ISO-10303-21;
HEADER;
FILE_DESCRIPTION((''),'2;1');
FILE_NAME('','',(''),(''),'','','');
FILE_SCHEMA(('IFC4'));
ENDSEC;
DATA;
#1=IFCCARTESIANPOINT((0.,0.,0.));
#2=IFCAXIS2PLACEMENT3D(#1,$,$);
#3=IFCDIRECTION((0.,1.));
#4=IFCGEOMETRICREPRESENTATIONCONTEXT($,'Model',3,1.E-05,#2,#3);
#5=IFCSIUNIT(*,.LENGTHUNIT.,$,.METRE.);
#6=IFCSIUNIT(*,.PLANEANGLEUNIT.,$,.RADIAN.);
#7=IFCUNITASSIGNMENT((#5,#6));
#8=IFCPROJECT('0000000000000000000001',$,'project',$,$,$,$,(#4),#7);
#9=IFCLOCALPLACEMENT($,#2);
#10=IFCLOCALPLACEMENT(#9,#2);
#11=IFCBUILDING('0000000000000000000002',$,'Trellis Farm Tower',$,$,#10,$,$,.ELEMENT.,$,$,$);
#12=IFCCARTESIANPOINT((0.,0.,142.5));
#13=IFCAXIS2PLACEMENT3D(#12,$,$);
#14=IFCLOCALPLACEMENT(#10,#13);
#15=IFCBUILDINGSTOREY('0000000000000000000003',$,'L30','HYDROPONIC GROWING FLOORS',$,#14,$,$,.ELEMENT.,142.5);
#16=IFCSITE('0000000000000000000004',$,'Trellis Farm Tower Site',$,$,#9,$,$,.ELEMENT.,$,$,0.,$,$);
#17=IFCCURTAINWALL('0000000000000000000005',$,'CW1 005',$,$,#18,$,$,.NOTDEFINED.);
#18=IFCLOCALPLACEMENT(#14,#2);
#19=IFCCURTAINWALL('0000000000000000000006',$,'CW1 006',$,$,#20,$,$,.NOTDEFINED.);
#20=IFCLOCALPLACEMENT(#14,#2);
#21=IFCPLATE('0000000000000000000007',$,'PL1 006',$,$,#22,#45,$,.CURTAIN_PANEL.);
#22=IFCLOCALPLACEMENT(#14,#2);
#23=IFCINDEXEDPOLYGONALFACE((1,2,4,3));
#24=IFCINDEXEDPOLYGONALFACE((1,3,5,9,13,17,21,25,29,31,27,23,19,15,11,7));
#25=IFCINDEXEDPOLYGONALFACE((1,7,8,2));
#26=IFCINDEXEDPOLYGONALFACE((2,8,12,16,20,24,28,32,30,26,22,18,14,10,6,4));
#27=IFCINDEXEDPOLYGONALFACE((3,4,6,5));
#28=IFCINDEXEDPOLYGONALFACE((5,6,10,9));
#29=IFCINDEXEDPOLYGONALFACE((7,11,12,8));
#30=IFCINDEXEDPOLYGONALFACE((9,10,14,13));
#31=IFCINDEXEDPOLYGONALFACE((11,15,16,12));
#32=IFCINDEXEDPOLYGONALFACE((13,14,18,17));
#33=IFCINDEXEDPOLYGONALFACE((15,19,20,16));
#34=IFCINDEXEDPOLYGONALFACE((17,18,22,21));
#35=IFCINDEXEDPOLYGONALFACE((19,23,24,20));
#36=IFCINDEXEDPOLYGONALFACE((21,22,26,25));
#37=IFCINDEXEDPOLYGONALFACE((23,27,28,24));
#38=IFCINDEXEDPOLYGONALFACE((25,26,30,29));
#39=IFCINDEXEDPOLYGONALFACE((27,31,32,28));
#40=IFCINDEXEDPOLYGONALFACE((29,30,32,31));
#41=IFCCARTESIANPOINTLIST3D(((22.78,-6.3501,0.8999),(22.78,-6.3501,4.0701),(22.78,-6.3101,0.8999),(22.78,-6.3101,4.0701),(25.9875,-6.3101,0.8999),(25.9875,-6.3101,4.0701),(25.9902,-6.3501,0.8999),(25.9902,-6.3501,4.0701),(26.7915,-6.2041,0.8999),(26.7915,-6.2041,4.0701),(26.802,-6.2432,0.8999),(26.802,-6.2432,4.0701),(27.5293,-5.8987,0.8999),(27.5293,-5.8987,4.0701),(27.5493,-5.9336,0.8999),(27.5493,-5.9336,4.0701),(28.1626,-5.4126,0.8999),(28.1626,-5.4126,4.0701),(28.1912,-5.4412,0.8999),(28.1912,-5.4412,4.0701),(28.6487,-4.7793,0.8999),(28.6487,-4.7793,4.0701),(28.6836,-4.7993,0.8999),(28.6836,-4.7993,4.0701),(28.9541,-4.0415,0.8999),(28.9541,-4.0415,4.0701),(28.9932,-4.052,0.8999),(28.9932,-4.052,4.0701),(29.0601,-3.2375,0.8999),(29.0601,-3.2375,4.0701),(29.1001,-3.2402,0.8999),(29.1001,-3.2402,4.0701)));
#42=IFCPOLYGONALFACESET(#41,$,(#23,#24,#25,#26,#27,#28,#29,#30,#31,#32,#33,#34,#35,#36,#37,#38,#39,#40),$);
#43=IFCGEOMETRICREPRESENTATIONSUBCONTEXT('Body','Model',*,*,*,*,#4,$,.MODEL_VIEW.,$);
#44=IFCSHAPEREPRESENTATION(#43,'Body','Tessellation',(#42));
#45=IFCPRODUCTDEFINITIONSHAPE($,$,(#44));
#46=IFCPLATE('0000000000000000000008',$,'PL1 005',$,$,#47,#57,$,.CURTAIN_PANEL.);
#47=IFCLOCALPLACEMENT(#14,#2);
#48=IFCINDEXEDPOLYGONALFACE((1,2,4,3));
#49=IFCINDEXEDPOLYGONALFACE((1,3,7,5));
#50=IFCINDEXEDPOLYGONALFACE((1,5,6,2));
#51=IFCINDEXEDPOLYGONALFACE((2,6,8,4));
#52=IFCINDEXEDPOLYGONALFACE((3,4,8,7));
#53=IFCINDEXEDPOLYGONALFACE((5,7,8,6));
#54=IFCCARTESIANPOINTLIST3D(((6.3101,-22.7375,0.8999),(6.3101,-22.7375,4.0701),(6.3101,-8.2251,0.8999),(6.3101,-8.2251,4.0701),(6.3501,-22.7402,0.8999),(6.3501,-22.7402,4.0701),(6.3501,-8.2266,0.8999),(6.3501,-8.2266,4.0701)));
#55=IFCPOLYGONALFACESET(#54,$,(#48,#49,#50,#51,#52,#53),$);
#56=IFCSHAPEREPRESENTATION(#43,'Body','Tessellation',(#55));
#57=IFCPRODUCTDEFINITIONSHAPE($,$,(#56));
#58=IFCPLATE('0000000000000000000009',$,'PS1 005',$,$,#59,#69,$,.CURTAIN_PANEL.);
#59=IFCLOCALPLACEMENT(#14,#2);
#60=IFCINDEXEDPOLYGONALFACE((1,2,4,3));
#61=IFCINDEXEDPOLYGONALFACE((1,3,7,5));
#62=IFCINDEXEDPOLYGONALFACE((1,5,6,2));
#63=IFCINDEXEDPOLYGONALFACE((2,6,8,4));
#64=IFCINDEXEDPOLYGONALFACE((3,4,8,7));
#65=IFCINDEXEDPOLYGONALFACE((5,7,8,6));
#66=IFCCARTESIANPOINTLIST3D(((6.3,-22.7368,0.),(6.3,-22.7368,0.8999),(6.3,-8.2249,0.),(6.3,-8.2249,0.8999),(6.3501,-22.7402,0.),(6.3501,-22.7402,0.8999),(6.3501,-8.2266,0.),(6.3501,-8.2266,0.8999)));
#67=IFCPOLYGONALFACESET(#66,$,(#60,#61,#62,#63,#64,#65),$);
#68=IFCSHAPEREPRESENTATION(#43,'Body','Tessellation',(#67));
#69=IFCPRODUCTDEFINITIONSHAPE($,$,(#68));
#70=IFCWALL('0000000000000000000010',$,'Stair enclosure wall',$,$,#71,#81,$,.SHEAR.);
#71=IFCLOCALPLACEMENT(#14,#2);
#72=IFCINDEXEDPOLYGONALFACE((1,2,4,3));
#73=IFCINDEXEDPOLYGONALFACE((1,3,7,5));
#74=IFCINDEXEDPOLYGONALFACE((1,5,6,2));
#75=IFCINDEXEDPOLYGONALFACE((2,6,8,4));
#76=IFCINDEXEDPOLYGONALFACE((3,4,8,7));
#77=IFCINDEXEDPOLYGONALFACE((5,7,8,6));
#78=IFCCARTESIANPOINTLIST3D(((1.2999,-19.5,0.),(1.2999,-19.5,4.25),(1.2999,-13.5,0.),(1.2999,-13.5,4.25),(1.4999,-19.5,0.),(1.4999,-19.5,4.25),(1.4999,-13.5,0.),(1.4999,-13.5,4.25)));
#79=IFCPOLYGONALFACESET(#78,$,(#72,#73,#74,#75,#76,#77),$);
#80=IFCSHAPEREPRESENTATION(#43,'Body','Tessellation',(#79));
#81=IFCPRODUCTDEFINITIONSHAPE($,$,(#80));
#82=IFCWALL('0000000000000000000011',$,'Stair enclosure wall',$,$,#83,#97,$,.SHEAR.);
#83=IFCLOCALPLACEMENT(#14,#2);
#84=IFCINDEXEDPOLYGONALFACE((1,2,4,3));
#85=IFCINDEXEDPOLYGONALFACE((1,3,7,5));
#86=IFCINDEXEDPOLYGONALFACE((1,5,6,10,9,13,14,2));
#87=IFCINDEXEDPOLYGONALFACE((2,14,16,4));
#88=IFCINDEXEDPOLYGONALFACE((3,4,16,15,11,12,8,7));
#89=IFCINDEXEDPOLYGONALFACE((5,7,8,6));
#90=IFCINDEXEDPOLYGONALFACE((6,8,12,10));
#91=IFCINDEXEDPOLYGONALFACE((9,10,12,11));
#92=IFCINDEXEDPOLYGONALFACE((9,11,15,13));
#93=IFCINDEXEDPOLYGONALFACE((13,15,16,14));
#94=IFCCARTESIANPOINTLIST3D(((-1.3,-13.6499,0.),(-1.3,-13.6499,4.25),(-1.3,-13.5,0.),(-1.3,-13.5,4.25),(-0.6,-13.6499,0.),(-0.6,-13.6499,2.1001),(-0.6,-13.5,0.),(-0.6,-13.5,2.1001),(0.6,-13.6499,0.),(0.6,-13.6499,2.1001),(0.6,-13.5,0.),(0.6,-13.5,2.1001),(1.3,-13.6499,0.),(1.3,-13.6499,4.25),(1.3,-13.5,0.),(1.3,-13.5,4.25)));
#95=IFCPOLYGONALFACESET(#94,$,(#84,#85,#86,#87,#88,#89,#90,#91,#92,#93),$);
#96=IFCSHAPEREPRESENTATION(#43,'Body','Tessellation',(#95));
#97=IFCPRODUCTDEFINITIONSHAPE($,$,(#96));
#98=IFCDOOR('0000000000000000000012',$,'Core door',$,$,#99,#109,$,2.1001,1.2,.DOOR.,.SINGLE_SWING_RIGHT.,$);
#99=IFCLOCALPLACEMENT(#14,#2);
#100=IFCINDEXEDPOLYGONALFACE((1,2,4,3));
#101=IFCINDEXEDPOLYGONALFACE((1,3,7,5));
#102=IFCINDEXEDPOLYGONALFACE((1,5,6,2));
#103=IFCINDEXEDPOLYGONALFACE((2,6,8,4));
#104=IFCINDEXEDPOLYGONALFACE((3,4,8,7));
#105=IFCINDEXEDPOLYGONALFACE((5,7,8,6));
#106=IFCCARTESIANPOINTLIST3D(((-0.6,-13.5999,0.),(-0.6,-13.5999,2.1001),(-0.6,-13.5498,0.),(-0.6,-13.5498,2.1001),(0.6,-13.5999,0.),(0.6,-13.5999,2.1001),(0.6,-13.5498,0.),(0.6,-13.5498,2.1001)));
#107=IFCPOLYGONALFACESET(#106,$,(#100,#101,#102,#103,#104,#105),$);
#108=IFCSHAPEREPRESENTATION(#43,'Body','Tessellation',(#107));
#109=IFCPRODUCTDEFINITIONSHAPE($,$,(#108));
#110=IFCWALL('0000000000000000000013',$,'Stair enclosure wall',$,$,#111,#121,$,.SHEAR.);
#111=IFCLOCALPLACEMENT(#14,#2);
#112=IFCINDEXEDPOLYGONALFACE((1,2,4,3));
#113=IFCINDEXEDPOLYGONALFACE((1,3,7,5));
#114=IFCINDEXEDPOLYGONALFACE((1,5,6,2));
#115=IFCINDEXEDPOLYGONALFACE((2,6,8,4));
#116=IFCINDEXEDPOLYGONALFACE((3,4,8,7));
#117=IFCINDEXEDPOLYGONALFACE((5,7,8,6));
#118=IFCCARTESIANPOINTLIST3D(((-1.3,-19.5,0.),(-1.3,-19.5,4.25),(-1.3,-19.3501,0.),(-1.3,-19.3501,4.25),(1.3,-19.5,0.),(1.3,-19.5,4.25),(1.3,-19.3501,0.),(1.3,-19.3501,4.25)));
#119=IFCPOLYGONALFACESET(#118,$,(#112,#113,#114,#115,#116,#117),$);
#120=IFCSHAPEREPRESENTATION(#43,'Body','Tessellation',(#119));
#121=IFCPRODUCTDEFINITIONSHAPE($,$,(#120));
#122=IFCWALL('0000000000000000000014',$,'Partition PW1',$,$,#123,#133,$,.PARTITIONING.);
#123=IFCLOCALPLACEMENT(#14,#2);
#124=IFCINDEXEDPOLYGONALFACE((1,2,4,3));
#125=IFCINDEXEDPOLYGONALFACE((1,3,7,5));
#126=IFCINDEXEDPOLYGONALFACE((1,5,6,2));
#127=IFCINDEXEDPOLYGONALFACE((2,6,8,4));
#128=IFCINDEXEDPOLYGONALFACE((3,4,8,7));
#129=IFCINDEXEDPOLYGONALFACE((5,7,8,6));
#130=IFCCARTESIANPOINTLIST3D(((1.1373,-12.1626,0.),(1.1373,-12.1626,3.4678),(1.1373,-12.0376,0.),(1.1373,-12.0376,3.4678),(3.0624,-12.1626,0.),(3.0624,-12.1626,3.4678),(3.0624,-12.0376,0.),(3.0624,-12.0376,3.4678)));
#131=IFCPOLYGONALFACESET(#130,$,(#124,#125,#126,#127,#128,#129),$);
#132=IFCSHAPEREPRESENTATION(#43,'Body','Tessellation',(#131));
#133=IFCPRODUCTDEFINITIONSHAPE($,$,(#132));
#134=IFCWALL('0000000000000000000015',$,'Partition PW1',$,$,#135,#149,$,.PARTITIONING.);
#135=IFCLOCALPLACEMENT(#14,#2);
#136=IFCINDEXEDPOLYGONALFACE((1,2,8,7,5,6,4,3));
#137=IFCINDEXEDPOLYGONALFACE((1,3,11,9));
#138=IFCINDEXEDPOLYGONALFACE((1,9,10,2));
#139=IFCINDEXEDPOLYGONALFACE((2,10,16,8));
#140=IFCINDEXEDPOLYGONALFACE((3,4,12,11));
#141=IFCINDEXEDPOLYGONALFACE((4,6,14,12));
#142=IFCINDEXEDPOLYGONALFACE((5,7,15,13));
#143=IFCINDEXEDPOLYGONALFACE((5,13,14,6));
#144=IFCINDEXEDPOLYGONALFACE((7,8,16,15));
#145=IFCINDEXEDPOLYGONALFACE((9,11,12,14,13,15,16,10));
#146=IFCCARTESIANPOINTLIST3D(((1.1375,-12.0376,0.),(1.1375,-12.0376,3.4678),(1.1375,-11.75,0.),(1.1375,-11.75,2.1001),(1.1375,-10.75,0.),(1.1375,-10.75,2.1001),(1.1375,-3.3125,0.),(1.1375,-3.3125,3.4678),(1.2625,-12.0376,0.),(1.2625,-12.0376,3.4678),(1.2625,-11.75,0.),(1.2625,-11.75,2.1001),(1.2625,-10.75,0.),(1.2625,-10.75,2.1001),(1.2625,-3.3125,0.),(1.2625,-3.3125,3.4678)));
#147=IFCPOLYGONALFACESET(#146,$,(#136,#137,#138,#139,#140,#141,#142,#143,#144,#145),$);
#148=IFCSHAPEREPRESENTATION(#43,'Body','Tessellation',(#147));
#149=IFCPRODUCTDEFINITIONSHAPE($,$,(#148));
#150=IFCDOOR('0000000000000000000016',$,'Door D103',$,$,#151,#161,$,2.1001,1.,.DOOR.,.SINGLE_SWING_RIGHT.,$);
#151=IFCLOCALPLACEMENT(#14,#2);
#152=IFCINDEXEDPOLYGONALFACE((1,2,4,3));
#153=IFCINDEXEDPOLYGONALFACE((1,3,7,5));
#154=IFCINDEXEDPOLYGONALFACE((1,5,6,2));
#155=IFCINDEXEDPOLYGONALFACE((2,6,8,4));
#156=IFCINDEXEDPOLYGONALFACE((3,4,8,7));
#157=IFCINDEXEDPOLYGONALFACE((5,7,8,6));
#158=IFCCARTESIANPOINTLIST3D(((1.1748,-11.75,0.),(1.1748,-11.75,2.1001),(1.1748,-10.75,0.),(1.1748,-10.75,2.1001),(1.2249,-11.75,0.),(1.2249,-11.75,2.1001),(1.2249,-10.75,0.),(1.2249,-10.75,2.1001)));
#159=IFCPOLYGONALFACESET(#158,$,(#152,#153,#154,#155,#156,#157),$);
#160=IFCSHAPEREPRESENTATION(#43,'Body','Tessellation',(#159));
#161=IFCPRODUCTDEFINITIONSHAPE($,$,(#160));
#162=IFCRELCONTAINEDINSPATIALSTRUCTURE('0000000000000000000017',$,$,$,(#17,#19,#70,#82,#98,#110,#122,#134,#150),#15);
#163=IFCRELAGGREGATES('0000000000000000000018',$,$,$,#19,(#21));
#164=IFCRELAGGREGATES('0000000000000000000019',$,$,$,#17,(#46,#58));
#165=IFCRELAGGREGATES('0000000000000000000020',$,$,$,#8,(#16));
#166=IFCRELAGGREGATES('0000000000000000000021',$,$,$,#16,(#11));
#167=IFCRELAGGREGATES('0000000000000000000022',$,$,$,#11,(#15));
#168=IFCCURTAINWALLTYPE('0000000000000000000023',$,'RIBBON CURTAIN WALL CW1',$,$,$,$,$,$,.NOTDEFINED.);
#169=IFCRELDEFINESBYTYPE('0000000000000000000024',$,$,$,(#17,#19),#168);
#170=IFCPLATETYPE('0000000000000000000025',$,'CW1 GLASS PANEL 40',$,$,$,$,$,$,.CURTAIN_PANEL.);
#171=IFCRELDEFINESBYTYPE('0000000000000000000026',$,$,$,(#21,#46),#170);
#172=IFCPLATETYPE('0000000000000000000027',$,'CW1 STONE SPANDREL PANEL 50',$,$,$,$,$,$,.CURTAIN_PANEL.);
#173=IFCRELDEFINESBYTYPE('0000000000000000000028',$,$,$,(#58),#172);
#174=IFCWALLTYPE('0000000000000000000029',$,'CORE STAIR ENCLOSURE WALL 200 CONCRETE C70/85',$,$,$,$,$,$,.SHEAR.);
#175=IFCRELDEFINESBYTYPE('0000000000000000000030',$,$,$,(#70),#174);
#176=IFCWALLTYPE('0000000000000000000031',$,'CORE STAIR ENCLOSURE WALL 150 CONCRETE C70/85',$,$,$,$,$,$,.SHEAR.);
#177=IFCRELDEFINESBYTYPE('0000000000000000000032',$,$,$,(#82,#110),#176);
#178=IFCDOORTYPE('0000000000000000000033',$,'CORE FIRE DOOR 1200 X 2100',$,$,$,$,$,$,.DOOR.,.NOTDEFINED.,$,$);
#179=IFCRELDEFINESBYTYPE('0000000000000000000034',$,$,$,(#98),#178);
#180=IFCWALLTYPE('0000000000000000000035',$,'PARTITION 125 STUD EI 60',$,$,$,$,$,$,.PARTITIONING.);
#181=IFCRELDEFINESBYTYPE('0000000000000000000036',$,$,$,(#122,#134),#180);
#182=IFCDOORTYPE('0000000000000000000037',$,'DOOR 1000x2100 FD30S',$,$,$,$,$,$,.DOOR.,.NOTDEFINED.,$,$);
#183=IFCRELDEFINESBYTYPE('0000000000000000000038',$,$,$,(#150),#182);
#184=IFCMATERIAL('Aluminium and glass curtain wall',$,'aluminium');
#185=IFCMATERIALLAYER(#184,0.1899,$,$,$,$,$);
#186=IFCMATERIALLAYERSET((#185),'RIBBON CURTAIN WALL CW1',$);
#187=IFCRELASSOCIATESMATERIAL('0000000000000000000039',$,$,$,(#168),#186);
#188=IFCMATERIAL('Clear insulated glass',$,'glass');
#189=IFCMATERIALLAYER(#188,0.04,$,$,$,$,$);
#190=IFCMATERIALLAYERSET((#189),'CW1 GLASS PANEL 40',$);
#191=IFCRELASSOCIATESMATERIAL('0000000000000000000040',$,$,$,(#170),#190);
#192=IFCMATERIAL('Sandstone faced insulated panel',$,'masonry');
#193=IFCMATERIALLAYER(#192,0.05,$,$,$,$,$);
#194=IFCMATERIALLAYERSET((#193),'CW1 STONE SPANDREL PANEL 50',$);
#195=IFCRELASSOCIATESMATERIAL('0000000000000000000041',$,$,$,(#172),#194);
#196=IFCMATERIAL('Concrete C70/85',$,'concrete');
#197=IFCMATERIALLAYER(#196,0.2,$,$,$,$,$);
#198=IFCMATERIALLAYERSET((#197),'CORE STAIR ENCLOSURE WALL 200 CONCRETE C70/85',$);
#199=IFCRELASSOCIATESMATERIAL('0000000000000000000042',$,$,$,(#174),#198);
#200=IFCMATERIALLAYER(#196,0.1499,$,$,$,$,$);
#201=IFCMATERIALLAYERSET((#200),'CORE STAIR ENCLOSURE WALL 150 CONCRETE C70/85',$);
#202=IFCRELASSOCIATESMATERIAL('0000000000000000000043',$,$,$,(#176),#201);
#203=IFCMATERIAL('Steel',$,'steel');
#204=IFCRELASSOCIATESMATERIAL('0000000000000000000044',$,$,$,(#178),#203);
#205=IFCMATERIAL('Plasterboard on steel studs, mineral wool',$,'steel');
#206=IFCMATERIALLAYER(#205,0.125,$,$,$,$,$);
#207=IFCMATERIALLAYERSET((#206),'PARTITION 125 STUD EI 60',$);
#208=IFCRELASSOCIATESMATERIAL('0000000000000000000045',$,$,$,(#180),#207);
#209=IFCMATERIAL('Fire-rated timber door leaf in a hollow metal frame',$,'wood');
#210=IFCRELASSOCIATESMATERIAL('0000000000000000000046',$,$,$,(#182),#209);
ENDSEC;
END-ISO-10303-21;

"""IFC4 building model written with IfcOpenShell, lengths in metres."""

from ifc_helpers import new_model, si_unit, direction, frame, frame_2d, origin, place, context, subcontext, project, spatial, polyline, rectangle, outline, extrude, source, transform, mapped, material, layer, layer_set, type_object, element, fill, aggregate, save


model = new_model("IFC4")

# Units and contexts
model_context = context("Model", 3, precision=1e-05, world=origin(), true_north=direction((0.0, 1.0)))
body_context = subcontext(model_context, "Body", "Model", "MODEL_VIEW")
ifc_project = project(units=[si_unit("LENGTHUNIT", "METRE"), si_unit("PLANEANGLEUNIT", "RADIAN")], contexts=[model_context])

# Site, building, storey
site_placement = place(None, origin())
site = spatial("IfcSite", under=ifc_project, at=site_placement, Name="Trellis Farm Tower Site", CompositionType="ELEMENT", RefElevation=0.0)
building_placement = place(site_placement, origin())
building = spatial("IfcBuilding", under=site, at=building_placement, Name="Trellis Farm Tower", CompositionType="ELEMENT")
storey_placement = place(building_placement, frame((0.0, 0.0, 142.5)))
storey = spatial("IfcBuildingStorey", under=building, at=storey_placement, Name="L30", Description="HYDROPONIC GROWING FLOORS", CompositionType="ELEMENT", Elevation=142.5)

# Curtain wall
ifc_material_1 = material(Name="Aluminium and glass curtain wall", Category="aluminium")
placement_1 = place(storey_placement, origin())
ifc_layer_1 = layer(ifc_material_1, 0.1899)
ifc_layer_set_1 = layer_set([ifc_layer_1], Name="RIBBON CURTAIN WALL CW1")
curtain_wall_type_1 = type_object("IfcCurtainWallType", Name="RIBBON CURTAIN WALL CW1", PredefinedType="NOTDEFINED", material=ifc_layer_set_1)
curtain_wall_1 = element("IfcCurtainWall", 1, at=placement_1, inside=storey, type_object=curtain_wall_type_1, Name="CW1 005", PredefinedType="NOTDEFINED")

# Shared definitions
ifc_material_2 = material(Name="Clear insulated glass", Category="glass")

# Curtain wall, plate
curtain_wall_2 = element("IfcCurtainWall", 2, at=placement_1, inside=storey, type_object=curtain_wall_type_1, Name="CW1 006", PredefinedType="NOTDEFINED")
ifc_layer_2 = layer(ifc_material_2, 0.04)
ifc_layer_set_2 = layer_set([ifc_layer_2], Name="CW1 GLASS PANEL 40")
plate_type_1 = type_object("IfcPlateType", Name="CW1 GLASS PANEL 40", PredefinedType="CURTAIN_PANEL", material=ifc_layer_set_2)
shared_shape_1 = source(origin(), body_context, "Body", "SweptSolid", [
    extrude(outline(polyline([(22.78, -6.3501), (25.9902, -6.3501), (26.802, -6.2432), (27.5493, -5.9336), (28.1912, -5.4412), (28.6836, -4.7993), (28.9932, -4.052), (29.1001, -3.2402), (29.0601, -3.2375), (28.9541, -4.0415), (28.6487, -4.7793), (28.1626, -5.4126), (27.5293, -5.8987), (26.7915, -6.2041), (25.9875, -6.3101), (22.78, -6.3101), (22.78, -6.3501)])), origin(), (0.0, 0.0, 1.0), 3.1702),
])
placement_2 = place(storey_placement, frame((0.0, 0.0, 0.8999)))
plate_1 = element("IfcPlate", 3, at=placement_2, type_object=plate_type_1, Name="PL1 006", PredefinedType="CURTAIN_PANEL", context=body_context, shape_type="MappedRepresentation", body=[
    mapped(shared_shape_1, transform((0.0, 0.0, 0.0))),
])
aggregate(curtain_wall_2, [plate_1])

# Plates
shared_shape_2 = source(origin(), body_context, "Body", "SweptSolid", [
    extrude(outline(polyline([(6.3501, -22.7402), (6.3501, -8.2266), (6.3101, -8.2251), (6.3101, -22.7375), (6.3501, -22.7402)])), origin(), (0.0, 0.0, 1.0), 3.1702),
])
plate_2 = element("IfcPlate", 4, at=placement_2, type_object=plate_type_1, Name="PL1 005", PredefinedType="CURTAIN_PANEL", context=body_context, shape_type="MappedRepresentation", body=[
    mapped(shared_shape_2, transform((0.0, 0.0, 0.0))),
])
ifc_material_3 = material(Name="Sandstone faced insulated panel", Category="masonry")
ifc_layer_3 = layer(ifc_material_3, 0.05)
ifc_layer_set_3 = layer_set([ifc_layer_3], Name="CW1 STONE SPANDREL PANEL 50")
plate_type_2 = type_object("IfcPlateType", Name="CW1 STONE SPANDREL PANEL 50", PredefinedType="CURTAIN_PANEL", material=ifc_layer_set_3)
shared_shape_3 = source(origin(), body_context, "Body", "SweptSolid", [
    extrude(outline(polyline([(6.3501, -22.7402), (6.3501, -8.2266), (6.3, -8.2249), (6.3, -22.7368), (6.3501, -22.7402)])), origin(), (0.0, 0.0, 1.0), 0.8999),
])
plate_3 = element("IfcPlate", 5, at=placement_1, type_object=plate_type_2, Name="PS1 005", PredefinedType="CURTAIN_PANEL", context=body_context, shape_type="MappedRepresentation", body=[
    mapped(shared_shape_3, transform((0.0, 0.0, 0.0))),
])
aggregate(curtain_wall_1, [plate_2, plate_3])

# Wall
ifc_material_4 = material(Name="Concrete C70/85", Category="concrete")
ifc_layer_4 = layer(ifc_material_4, 0.2)
ifc_layer_set_4 = layer_set([ifc_layer_4], Name="CORE STAIR ENCLOSURE WALL 200 CONCRETE C70/85")
wall_type_1 = type_object("IfcWallType", Name="CORE STAIR ENCLOSURE WALL 200 CONCRETE C70/85", PredefinedType="SHEAR", material=ifc_layer_set_4)
shared_shape_4 = source(origin(), body_context, "Body", "SweptSolid", [
    extrude(rectangle(XDim=6.0, YDim=0.2, at=frame_2d((3.0, 0.0))), origin(), (0.0, 0.0, 1.0), 4.25),
])
wall_1_placement = place(storey_placement, frame((1.3999, -13.5, 0.0), z_axis=(0.0, 0.0, 1.0), x_axis=(0.0, -1.0, 0.0)))
element("IfcWall", 6, at=wall_1_placement, inside=storey, type_object=wall_type_1, Name="Stair enclosure wall", PredefinedType="SHEAR", context=body_context, shape_type="MappedRepresentation", body=[
    mapped(shared_shape_4, transform((0.0, 0.0, 0.0))),
])

# Wall, opening, door
ifc_layer_5 = layer(ifc_material_4, 0.1499)
ifc_layer_set_5 = layer_set([ifc_layer_5], Name="CORE STAIR ENCLOSURE WALL 150 CONCRETE C70/85")
wall_type_2 = type_object("IfcWallType", Name="CORE STAIR ENCLOSURE WALL 150 CONCRETE C70/85", PredefinedType="SHEAR", material=ifc_layer_set_5)
shared_shape_5 = source(origin(), body_context, "Body", "SweptSolid", [
    extrude(rectangle(XDim=2.6001, YDim=0.1499, at=frame_2d((1.3, 0.0))), origin(), (0.0, 0.0, 1.0), 4.25),
])
wall_2_placement = place(storey_placement, frame((1.3, -13.575, 0.0), z_axis=(0.0, 0.0, 1.0), x_axis=(-1.0, 0.0, 0.0)))
wall_2 = element("IfcWall", 7, at=wall_2_placement, inside=storey, type_object=wall_type_2, Name="Stair enclosure wall", PredefinedType="SHEAR", context=body_context, shape_type="MappedRepresentation", body=[
    mapped(shared_shape_5, transform((0.0, 0.0, 0.0))),
])
shared_shape_6 = source(origin(), body_context, "Body", "SweptSolid", [
    extrude(rectangle(XDim=1.2, YDim=2.1001, at=frame_2d((0.6001, 1.05))), frame((0.0, 0.085, 0.0), z_axis=(0.0, -1.0, 0.0), x_axis=(1.0, 0.0, 0.0)), (0.0, 0.0, 1.0), 0.1699),
])
opening_1_placement = place(wall_2_placement, frame((0.7, 0.0, 0.0)))
opening_1 = element("IfcOpeningElement", 8, at=opening_1_placement, cuts=wall_2, PredefinedType="OPENING", context=body_context, shape_type="MappedRepresentation", body=[
    mapped(shared_shape_6, transform((0.0, 0.0, 0.0))),
])
ifc_material_5 = material(Name="Steel", Category="steel")
door_type_1 = type_object("IfcDoorType", Name="CORE FIRE DOOR 1200 X 2100", OperationType="NOTDEFINED", PredefinedType="DOOR", material=ifc_material_5)
shared_shape_7 = source(origin(), body_context, "Body", "SweptSolid", [
    extrude(rectangle(XDim=1.2, YDim=2.1001, at=frame_2d((0.6001, 1.05))), frame((0.0, 0.0249, 0.0), z_axis=(0.0, -1.0, 0.0), x_axis=(1.0, 0.0, 0.0)), (0.0, 0.0, 1.0), 0.05),
])
door_1_placement = place(opening_1_placement, origin())
door_1 = element("IfcDoor", 9, at=door_1_placement, inside=storey, type_object=door_type_1, Name="Core door", OperationType="SINGLE_SWING_RIGHT", OverallHeight=2.1001, OverallWidth=1.2, PredefinedType="DOOR", context=body_context, shape_type="MappedRepresentation", body=[
    mapped(shared_shape_7, transform((0.0, 0.0, 0.0))),
])
fill(opening_1, door_1)

# Walls
wall_3_placement = place(storey_placement, frame((1.3, -19.425, 0.0), z_axis=(0.0, 0.0, 1.0), x_axis=(-1.0, 0.0, 0.0)))
element("IfcWall", 10, at=wall_3_placement, inside=storey, type_object=wall_type_2, Name="Stair enclosure wall", PredefinedType="SHEAR", context=body_context, shape_type="MappedRepresentation", body=[
    mapped(shared_shape_5, transform((0.0, 0.0, 0.0))),
])
ifc_material_6 = material(Name="Plasterboard on steel studs, mineral wool", Category="steel")
ifc_layer_6 = layer(ifc_material_6, 0.125)
ifc_layer_set_6 = layer_set([ifc_layer_6], Name="PARTITION 125 STUD EI 60")
wall_type_3 = type_object("IfcWallType", Name="PARTITION 125 STUD EI 60", PredefinedType="PARTITIONING", material=ifc_layer_set_6)
shared_shape_8 = source(origin(), body_context, "Body", "SweptSolid", [
    extrude(rectangle(XDim=1.925, YDim=0.125, at=frame_2d((0.9624, 0.0))), origin(), (0.0, 0.0, 1.0), 3.4678),
])
wall_4_placement = place(storey_placement, frame((1.1375, -12.1001, 0.0), z_axis=(0.0, 0.0, 1.0), x_axis=(1.0, 0.0, 0.0)))
element("IfcWall", 11, at=wall_4_placement, inside=storey, type_object=wall_type_3, Name="Partition PW1", PredefinedType="PARTITIONING", context=body_context, shape_type="MappedRepresentation", body=[
    mapped(shared_shape_8, transform((0.0, 0.0, 0.0))),
])

# Wall, opening, door
shared_shape_9 = source(origin(), body_context, "Body", "SweptSolid", [
    extrude(rectangle(XDim=8.7251, YDim=0.125, at=frame_2d((4.3625, 0.0))), origin(), (0.0, 0.0, 1.0), 3.4678),
])
wall_5_placement = place(storey_placement, frame((1.2, -3.3125, 0.0), z_axis=(0.0, 0.0, 1.0), x_axis=(0.0, -1.0, 0.0)))
wall_5 = element("IfcWall", 12, at=wall_5_placement, inside=storey, type_object=wall_type_3, Name="Partition PW1", PredefinedType="PARTITIONING", context=body_context, shape_type="MappedRepresentation", body=[
    mapped(shared_shape_9, transform((0.0, 0.0, 0.0))),
])
shared_shape_10 = source(origin(), body_context, "Body", "SweptSolid", [
    extrude(rectangle(XDim=1.0, YDim=2.1001, at=frame_2d((0.5, 1.05))), frame((0.0, 0.0725, 0.0), z_axis=(0.0, -1.0, 0.0), x_axis=(1.0, 0.0, 0.0)), (0.0, 0.0, 1.0), 0.145),
])
opening_2_placement = place(wall_5_placement, frame((7.4375, 0.0, 0.0)))
opening_2 = element("IfcOpeningElement", 13, at=opening_2_placement, cuts=wall_5, PredefinedType="OPENING", context=body_context, shape_type="MappedRepresentation", body=[
    mapped(shared_shape_10, transform((0.0, 0.0, 0.0))),
])
ifc_material_7 = material(Name="Fire-rated timber door leaf in a hollow metal frame", Category="wood")
door_type_2 = type_object("IfcDoorType", Name="DOOR 1000x2100 FD30S", OperationType="NOTDEFINED", PredefinedType="DOOR", material=ifc_material_7)
shared_shape_11 = source(origin(), body_context, "Body", "SweptSolid", [
    extrude(rectangle(XDim=1.0, YDim=2.1001, at=frame_2d((0.5, 1.05))), frame((0.0, 0.0249, 0.0), z_axis=(0.0, -1.0, 0.0), x_axis=(1.0, 0.0, 0.0)), (0.0, 0.0, 1.0), 0.05),
])
door_2_placement = place(opening_2_placement, origin())
door_2 = element("IfcDoor", 14, at=door_2_placement, inside=storey, type_object=door_type_2, Name="Door D103", OperationType="SINGLE_SWING_RIGHT", OverallHeight=2.1001, OverallWidth=1.0, PredefinedType="DOOR", context=body_context, shape_type="MappedRepresentation", body=[
    mapped(shared_shape_11, transform((0.0, 0.0, 0.0))),
])
fill(opening_2, door_2)

save(model, "model.ifc")
